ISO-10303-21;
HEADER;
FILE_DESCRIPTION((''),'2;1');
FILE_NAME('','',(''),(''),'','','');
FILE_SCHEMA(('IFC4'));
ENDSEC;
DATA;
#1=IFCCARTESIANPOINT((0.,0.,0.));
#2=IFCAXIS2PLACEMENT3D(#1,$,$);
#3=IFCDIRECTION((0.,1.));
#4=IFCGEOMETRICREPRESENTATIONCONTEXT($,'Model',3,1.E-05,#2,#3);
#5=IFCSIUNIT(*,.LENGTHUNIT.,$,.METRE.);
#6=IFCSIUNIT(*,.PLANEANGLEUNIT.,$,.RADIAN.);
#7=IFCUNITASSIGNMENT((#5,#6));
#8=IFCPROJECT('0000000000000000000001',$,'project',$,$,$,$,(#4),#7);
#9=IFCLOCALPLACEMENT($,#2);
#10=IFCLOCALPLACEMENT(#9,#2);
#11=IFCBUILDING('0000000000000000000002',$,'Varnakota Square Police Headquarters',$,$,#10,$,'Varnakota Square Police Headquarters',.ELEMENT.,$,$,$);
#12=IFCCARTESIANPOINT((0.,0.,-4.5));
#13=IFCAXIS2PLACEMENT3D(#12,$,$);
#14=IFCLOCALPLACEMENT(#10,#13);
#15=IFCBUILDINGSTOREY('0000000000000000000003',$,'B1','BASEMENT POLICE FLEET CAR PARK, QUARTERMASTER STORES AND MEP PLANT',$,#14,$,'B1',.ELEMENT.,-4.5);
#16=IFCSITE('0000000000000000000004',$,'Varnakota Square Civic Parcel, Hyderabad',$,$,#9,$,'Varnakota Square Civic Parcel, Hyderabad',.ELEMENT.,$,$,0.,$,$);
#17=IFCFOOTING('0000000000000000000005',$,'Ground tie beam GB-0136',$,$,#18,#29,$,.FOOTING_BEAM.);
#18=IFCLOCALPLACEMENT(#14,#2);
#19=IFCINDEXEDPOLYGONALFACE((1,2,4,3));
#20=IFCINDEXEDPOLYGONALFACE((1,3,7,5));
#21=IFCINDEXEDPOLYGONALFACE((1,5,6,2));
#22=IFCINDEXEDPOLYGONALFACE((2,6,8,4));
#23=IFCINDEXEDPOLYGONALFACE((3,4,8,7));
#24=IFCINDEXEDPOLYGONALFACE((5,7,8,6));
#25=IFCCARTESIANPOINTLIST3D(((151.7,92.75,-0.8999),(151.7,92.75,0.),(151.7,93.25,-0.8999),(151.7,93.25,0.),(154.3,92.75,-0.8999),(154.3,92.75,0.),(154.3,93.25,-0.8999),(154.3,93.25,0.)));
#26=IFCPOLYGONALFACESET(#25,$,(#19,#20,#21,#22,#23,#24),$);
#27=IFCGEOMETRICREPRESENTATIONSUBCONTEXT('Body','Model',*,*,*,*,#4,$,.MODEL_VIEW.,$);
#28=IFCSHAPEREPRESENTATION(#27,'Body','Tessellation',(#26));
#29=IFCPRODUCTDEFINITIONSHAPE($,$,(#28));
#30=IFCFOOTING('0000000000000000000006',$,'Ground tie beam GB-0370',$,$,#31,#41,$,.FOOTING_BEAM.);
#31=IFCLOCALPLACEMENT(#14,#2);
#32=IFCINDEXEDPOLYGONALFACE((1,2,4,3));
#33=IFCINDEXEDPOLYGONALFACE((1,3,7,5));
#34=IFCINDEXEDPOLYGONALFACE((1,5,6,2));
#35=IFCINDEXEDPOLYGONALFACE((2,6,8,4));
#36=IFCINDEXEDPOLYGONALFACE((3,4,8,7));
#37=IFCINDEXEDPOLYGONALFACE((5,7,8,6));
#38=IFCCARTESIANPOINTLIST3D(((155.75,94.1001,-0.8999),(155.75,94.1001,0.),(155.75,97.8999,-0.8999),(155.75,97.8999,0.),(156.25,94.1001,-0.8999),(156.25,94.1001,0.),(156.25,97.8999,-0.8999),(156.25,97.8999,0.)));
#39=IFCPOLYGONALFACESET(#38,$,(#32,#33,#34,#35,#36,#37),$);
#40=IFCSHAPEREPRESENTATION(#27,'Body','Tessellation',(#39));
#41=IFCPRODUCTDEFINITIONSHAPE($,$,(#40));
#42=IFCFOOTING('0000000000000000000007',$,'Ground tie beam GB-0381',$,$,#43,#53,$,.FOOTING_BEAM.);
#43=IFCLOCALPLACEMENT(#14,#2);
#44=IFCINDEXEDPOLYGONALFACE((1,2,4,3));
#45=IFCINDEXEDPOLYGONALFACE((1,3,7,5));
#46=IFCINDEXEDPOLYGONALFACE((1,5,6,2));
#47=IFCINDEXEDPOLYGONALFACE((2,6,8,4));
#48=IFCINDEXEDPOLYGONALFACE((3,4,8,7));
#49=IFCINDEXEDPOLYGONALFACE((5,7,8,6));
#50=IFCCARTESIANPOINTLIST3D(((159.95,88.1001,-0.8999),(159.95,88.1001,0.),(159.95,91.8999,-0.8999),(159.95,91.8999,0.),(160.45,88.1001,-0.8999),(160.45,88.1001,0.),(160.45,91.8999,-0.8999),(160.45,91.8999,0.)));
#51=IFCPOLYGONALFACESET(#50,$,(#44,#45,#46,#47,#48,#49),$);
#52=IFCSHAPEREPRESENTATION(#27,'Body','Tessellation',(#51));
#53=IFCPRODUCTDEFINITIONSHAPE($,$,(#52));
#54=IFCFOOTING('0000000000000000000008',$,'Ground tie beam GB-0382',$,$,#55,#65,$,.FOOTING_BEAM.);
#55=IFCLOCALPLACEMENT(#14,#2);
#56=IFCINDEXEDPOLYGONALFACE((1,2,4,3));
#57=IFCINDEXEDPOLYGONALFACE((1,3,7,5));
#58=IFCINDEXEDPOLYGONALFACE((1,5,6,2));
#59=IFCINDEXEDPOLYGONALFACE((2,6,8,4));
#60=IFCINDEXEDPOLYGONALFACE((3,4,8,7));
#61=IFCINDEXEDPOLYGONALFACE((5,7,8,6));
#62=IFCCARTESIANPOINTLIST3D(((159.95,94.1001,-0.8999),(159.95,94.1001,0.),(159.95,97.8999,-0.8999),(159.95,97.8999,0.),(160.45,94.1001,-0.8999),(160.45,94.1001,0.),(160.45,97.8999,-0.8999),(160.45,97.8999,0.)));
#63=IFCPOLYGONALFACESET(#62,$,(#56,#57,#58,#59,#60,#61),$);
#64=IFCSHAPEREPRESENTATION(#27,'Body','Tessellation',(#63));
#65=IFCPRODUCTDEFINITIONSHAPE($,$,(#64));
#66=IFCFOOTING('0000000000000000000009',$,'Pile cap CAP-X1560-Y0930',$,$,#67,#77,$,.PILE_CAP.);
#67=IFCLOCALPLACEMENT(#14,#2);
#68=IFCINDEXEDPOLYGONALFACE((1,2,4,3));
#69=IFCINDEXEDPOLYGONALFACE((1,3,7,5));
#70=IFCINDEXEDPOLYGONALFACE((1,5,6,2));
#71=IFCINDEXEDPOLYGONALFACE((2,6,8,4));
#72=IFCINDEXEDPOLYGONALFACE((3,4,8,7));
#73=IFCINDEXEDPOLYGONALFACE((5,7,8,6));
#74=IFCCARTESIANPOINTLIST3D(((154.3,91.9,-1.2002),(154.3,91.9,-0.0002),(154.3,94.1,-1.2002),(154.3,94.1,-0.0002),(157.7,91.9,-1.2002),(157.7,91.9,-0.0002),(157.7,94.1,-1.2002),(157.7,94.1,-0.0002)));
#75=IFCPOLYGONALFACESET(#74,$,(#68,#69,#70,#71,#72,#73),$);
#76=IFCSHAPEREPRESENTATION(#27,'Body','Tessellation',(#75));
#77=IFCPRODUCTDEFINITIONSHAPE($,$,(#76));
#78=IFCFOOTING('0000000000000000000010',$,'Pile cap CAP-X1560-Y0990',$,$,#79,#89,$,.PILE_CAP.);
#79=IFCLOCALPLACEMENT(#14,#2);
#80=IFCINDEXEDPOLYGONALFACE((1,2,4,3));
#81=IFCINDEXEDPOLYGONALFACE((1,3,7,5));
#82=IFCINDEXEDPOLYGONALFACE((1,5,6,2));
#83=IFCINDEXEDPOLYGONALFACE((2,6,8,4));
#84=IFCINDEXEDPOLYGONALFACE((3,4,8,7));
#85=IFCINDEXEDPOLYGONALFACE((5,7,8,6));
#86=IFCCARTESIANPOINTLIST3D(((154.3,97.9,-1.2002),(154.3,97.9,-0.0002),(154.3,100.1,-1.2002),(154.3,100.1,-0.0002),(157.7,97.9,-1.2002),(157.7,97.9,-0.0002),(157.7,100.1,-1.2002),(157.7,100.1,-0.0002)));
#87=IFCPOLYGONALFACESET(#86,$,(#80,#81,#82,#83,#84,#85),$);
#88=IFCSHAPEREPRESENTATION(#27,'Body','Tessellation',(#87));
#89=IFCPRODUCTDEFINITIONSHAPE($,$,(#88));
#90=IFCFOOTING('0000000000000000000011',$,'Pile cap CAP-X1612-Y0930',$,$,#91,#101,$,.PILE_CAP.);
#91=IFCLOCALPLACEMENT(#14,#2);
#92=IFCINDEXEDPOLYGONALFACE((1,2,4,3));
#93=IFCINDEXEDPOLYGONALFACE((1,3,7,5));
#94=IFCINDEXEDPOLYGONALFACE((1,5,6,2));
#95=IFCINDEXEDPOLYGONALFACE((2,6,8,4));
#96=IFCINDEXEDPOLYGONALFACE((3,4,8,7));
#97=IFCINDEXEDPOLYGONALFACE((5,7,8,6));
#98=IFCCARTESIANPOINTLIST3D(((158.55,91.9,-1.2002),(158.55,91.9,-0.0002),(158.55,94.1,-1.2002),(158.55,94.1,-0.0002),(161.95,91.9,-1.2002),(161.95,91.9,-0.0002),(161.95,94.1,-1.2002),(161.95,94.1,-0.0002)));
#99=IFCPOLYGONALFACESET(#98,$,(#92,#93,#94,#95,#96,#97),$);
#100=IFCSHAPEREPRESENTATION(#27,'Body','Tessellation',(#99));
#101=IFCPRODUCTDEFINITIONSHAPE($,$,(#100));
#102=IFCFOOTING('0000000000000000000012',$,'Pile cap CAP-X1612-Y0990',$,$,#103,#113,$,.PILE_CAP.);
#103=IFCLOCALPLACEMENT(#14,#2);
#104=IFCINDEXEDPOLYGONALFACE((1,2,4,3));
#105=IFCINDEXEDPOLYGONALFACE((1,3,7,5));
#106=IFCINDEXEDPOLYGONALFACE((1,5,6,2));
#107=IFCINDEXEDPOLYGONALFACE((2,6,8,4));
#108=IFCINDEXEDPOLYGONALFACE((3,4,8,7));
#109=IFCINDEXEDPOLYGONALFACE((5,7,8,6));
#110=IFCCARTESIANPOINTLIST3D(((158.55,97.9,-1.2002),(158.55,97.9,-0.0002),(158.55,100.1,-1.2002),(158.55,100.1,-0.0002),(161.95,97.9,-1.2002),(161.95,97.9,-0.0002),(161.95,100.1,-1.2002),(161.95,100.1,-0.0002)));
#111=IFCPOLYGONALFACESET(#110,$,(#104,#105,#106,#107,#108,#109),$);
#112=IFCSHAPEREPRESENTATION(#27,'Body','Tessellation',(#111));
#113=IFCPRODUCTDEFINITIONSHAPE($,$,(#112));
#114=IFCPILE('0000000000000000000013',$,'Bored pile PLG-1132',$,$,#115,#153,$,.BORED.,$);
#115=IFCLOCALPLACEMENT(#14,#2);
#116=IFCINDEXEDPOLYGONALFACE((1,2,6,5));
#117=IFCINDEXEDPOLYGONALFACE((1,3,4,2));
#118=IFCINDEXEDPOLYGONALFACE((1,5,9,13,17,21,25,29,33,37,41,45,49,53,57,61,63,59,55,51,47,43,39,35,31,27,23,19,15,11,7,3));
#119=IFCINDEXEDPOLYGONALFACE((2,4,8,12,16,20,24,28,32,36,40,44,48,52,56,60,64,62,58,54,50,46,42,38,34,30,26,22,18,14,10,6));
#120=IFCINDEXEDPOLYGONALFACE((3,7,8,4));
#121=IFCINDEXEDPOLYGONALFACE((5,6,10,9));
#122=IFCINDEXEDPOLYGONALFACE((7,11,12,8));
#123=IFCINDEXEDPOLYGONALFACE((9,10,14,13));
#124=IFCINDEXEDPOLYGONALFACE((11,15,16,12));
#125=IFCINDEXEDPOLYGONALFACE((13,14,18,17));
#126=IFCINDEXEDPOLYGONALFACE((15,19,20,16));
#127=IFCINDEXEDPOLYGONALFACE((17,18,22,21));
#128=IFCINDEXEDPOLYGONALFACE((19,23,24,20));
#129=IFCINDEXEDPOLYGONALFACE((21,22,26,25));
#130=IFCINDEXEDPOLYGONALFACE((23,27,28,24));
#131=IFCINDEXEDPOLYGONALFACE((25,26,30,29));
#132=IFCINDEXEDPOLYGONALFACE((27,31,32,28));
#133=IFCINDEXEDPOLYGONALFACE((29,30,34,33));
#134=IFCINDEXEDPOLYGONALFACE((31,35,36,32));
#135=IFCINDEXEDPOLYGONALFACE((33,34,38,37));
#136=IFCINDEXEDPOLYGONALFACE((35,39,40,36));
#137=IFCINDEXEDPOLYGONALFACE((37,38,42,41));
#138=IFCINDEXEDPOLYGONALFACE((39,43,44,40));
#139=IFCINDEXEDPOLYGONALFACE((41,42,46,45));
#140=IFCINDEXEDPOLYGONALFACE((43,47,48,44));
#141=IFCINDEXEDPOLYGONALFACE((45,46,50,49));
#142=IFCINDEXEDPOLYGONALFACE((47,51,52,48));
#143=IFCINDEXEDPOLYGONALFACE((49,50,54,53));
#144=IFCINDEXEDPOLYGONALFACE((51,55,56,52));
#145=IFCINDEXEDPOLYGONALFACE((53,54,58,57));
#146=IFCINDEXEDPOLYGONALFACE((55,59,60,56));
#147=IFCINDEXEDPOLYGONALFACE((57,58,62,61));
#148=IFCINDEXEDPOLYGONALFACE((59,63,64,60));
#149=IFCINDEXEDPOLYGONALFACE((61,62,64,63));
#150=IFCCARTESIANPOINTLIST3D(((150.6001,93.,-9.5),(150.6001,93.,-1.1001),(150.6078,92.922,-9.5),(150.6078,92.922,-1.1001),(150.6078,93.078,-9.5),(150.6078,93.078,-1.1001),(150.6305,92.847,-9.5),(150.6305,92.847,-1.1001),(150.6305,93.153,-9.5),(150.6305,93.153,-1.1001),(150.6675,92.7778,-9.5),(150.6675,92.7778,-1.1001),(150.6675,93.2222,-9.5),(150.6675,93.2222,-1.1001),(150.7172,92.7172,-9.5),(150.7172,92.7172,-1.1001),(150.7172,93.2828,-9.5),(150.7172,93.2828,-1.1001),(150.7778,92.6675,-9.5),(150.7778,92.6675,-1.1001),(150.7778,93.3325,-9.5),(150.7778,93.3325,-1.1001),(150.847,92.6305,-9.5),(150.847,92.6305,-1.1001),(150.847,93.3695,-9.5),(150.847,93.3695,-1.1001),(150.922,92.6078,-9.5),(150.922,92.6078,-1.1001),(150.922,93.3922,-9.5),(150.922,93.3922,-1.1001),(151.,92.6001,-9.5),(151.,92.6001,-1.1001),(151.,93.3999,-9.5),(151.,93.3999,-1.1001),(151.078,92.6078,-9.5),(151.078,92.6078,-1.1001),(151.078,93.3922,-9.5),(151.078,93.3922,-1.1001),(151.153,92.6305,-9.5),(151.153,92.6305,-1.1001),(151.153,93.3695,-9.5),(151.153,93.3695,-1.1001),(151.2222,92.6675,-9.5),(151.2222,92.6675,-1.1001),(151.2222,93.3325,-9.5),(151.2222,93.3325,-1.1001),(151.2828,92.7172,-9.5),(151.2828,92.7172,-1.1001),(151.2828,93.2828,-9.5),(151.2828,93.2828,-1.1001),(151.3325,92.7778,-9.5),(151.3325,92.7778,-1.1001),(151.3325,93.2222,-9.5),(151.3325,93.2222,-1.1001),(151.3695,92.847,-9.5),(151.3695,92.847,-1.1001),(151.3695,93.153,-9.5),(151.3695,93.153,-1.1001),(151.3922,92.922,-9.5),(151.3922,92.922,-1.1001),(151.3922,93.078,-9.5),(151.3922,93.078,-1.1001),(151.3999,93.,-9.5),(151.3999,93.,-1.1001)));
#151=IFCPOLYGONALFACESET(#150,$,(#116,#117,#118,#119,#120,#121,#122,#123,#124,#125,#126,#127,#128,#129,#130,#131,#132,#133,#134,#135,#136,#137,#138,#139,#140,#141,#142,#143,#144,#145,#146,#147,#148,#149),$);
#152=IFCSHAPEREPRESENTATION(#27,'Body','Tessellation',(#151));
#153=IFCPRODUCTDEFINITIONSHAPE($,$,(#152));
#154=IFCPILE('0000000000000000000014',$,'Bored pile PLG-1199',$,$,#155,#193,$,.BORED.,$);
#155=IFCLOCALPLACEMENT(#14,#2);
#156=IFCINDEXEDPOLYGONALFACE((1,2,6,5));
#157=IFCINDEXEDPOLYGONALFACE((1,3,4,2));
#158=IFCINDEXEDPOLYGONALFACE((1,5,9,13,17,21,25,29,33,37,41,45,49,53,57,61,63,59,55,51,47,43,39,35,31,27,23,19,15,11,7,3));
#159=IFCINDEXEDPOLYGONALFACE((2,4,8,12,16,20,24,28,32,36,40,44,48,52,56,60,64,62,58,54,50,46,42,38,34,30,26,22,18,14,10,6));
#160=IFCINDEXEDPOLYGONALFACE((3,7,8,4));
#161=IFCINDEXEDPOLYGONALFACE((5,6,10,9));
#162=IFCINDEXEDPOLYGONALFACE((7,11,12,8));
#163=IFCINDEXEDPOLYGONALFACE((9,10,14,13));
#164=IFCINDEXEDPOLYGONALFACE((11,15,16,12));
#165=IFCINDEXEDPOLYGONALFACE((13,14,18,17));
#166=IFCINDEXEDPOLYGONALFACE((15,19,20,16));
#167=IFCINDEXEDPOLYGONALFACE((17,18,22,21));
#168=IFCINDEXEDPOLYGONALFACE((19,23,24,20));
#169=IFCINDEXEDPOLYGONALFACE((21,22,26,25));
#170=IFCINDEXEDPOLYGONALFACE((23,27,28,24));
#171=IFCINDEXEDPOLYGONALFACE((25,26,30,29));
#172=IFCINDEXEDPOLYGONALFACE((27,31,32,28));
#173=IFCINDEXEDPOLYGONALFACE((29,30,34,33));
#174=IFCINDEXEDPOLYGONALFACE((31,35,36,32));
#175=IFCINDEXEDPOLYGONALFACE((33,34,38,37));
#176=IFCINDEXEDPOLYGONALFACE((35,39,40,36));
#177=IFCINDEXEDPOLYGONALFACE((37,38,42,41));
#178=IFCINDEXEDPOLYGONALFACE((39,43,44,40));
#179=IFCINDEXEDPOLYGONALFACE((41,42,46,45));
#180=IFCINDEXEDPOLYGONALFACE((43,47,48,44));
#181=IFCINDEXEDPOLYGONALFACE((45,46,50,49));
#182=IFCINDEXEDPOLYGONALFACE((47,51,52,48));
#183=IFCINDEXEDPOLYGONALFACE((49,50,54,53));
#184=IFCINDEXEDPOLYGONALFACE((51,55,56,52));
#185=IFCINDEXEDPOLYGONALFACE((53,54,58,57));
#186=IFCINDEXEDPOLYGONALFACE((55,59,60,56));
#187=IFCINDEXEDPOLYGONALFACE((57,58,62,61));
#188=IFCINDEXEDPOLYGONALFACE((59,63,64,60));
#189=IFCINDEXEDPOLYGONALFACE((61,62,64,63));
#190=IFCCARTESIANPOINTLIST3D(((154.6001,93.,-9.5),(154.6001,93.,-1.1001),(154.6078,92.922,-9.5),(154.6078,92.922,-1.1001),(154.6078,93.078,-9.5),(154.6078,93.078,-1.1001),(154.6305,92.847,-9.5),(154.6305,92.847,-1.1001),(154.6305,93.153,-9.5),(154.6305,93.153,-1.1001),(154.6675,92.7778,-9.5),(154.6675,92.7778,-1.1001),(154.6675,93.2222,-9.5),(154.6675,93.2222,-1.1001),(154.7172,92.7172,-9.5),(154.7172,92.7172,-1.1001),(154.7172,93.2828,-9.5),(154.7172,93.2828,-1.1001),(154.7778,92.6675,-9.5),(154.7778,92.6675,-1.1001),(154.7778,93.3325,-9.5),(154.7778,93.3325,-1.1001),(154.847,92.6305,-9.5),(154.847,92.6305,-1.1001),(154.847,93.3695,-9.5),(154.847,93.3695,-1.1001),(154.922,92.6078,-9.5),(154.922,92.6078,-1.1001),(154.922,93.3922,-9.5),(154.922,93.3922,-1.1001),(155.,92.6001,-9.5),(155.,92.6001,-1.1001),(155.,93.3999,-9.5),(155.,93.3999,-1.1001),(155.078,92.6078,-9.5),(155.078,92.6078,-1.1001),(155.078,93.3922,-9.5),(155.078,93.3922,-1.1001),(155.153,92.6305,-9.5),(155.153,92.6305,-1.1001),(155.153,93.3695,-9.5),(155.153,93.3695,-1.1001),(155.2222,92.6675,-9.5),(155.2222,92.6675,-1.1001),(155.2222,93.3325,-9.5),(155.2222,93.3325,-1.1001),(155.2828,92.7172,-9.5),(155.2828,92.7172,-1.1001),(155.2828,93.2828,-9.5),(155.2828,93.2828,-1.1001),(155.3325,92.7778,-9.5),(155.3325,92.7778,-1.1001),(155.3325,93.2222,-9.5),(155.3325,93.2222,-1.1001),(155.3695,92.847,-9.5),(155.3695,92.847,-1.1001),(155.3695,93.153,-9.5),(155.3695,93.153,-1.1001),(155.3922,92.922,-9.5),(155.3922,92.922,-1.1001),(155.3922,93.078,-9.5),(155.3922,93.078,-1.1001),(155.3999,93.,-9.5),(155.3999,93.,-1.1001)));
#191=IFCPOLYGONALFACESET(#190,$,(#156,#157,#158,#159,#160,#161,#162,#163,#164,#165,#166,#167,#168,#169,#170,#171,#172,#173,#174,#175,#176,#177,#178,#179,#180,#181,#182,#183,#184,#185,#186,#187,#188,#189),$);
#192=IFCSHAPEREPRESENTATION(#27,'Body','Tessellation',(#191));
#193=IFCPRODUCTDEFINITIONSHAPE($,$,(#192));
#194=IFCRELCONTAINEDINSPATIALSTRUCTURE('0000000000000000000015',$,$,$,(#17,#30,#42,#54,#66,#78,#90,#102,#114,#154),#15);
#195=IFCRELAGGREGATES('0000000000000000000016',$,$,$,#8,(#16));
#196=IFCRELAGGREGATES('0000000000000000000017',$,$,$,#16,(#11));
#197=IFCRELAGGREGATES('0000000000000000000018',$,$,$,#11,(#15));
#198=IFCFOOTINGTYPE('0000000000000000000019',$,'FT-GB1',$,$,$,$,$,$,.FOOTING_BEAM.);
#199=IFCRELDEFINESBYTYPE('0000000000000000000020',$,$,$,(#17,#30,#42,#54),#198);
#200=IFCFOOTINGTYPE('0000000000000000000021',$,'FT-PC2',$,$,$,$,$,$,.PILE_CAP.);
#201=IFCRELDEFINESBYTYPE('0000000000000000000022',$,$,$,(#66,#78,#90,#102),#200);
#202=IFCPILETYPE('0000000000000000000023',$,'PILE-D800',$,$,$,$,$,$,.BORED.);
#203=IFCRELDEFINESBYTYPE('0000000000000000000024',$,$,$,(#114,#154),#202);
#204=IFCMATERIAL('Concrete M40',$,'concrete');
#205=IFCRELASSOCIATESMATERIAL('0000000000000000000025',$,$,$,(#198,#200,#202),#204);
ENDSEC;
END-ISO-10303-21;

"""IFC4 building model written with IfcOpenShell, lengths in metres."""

from ifc_helpers import new_model, si_unit, direction, frame, origin, origin_2d, place, context, subcontext, project, spatial, rectangle, circle, extrude, material, material_profile, profile_set, type_object, element, save


model = new_model("IFC4")

# Units and contexts
model_context = context("Model", 3, precision=1e-05, world=origin(), true_north=direction((0.0, 1.0)))
body_context = subcontext(model_context, "Body", "Model", "MODEL_VIEW")
ifc_project = project(units=[si_unit("LENGTHUNIT", "METRE"), si_unit("PLANEANGLEUNIT", "RADIAN")], contexts=[model_context])

# Site, building, storey
site_placement = place(None, origin())
site = spatial("IfcSite", under=ifc_project, at=site_placement, Name="Varnakota Square Civic Parcel, Hyderabad", LongName="Varnakota Square Civic Parcel, Hyderabad", CompositionType="ELEMENT", RefElevation=0.0)
building_placement = place(site_placement, origin())
building = spatial("IfcBuilding", under=site, at=building_placement, Name="Varnakota Square Police Headquarters", LongName="Varnakota Square Police Headquarters", CompositionType="ELEMENT")
storey_placement = place(building_placement, frame((0.0, 0.0, -4.5)))
storey = spatial("IfcBuildingStorey", under=building, at=storey_placement, Name="B1", Description="BASEMENT POLICE FLEET CAR PARK, QUARTERMASTER STORES AND MEP PLANT", LongName="B1", CompositionType="ELEMENT", Elevation=-4.5)

# Footings
ifc_material_1 = material(Name="Concrete M40", Category="concrete")
ifc_material_profile_1 = material_profile(ifc_material_1, rectangle(XDim=0.5, YDim=0.8999, at=origin_2d()), Name="GB 500x900")
ifc_profile_set_1 = profile_set([ifc_material_profile_1], Name="Concrete M40")
footing_type_1 = type_object("IfcFootingType", Name="FT-GB1", PredefinedType="FOOTING_BEAM", material=ifc_profile_set_1)
footing_placement = place(storey_placement, frame((151.7, 93.0, -0.45), z_axis=(1.0, 0.0, 0.0), x_axis=(0.0, 1.0, 0.0)))
element("IfcFooting", 1, at=footing_placement, inside=storey, type_object=footing_type_1, Name="Ground tie beam GB-0136", PredefinedType="FOOTING_BEAM", context=body_context, shape_type="SweptSolid", body=[
    extrude(rectangle(XDim=0.5, YDim=0.8999, at=origin_2d()), origin(), (0.0, 0.0, 1.0), 2.6001),
])
for number, where, z_axis, x_axis, name in (
    (2, (156.0, 94.1001, -0.45), (0.0, 1.0, 0.0), (-1.0, 0.0, 0.0), "Ground tie beam GB-0370"),
    (3, (160.2, 88.1001, -0.45), (0.0, 1.0, 0.0), (-1.0, 0.0, 0.0), "Ground tie beam GB-0381"),
    (4, (160.2, 94.1001, -0.45), (0.0, 1.0, 0.0), (-1.0, 0.0, 0.0), "Ground tie beam GB-0382"),
):
    element("IfcFooting", number, at=place(storey_placement, frame(where, z_axis=z_axis, x_axis=x_axis)), inside=storey, type_object=footing_type_1, Name=name, PredefinedType="FOOTING_BEAM", context=body_context, shape_type="SweptSolid", body=[
        extrude(rectangle(XDim=0.5, YDim=0.8999, at=origin_2d()), origin(), (0.0, 0.0, 1.0), 3.7998),
    ])
footing_type_2 = type_object("IfcFootingType", Name="FT-PC2", PredefinedType="PILE_CAP", material=ifc_material_1)
for number, where, z_axis, x_axis, name in (
    (5, (156.0, 93.0, -1.2002), (0.0, 0.0, 1.0), (1.0, 0.0, 0.0), "Pile cap CAP-X1560-Y0930"),
    (6, (156.0, 99.0, -1.2002), (0.0, 0.0, 1.0), (1.0, 0.0, 0.0), "Pile cap CAP-X1560-Y0990"),
    (7, (160.25, 93.0, -1.2002), (0.0, 0.0, 1.0), (1.0, 0.0, 0.0), "Pile cap CAP-X1612-Y0930"),
    (8, (160.25, 99.0, -1.2002), (0.0, 0.0, 1.0), (1.0, 0.0, 0.0), "Pile cap CAP-X1612-Y0990"),
):
    element("IfcFooting", number, at=place(storey_placement, frame(where, z_axis=z_axis, x_axis=x_axis)), inside=storey, type_object=footing_type_2, Name=name, PredefinedType="PILE_CAP", context=body_context, shape_type="SweptSolid", body=[
        extrude(rectangle(XDim=3.3999, YDim=2.2, at=origin_2d()), origin(), (0.0, 0.0, 1.0), 1.2),
    ])

# Piles
ifc_material_profile_2 = material_profile(ifc_material_1, circle(Radius=0.3999, at=origin_2d()), Name="BORED PILE 800")
ifc_profile_set_2 = profile_set([ifc_material_profile_2], Name="Concrete M40")
pile_type = type_object("IfcPileType", Name="PILE-D800", PredefinedType="BORED", material=ifc_profile_set_2)
for number, where, z_axis, x_axis, name in (
    (9, (151.0, 93.0, -1.1001), (0.0, 0.0, -1.0), (1.0, 0.0, 0.0), "Bored pile PLG-1132"),
    (10, (155.0, 93.0, -1.1001), (0.0, 0.0, -1.0), (1.0, 0.0, 0.0), "Bored pile PLG-1199"),
):
    element("IfcPile", number, at=place(storey_placement, frame(where, z_axis=z_axis, x_axis=x_axis)), inside=storey, type_object=pile_type, Name=name, PredefinedType="BORED", context=body_context, shape_type="SweptSolid", body=[
        extrude(circle(Radius=0.3999, at=origin_2d()), origin(), (0.0, 0.0, 1.0), 8.3999),
    ])

save(model, "model.ifc")
